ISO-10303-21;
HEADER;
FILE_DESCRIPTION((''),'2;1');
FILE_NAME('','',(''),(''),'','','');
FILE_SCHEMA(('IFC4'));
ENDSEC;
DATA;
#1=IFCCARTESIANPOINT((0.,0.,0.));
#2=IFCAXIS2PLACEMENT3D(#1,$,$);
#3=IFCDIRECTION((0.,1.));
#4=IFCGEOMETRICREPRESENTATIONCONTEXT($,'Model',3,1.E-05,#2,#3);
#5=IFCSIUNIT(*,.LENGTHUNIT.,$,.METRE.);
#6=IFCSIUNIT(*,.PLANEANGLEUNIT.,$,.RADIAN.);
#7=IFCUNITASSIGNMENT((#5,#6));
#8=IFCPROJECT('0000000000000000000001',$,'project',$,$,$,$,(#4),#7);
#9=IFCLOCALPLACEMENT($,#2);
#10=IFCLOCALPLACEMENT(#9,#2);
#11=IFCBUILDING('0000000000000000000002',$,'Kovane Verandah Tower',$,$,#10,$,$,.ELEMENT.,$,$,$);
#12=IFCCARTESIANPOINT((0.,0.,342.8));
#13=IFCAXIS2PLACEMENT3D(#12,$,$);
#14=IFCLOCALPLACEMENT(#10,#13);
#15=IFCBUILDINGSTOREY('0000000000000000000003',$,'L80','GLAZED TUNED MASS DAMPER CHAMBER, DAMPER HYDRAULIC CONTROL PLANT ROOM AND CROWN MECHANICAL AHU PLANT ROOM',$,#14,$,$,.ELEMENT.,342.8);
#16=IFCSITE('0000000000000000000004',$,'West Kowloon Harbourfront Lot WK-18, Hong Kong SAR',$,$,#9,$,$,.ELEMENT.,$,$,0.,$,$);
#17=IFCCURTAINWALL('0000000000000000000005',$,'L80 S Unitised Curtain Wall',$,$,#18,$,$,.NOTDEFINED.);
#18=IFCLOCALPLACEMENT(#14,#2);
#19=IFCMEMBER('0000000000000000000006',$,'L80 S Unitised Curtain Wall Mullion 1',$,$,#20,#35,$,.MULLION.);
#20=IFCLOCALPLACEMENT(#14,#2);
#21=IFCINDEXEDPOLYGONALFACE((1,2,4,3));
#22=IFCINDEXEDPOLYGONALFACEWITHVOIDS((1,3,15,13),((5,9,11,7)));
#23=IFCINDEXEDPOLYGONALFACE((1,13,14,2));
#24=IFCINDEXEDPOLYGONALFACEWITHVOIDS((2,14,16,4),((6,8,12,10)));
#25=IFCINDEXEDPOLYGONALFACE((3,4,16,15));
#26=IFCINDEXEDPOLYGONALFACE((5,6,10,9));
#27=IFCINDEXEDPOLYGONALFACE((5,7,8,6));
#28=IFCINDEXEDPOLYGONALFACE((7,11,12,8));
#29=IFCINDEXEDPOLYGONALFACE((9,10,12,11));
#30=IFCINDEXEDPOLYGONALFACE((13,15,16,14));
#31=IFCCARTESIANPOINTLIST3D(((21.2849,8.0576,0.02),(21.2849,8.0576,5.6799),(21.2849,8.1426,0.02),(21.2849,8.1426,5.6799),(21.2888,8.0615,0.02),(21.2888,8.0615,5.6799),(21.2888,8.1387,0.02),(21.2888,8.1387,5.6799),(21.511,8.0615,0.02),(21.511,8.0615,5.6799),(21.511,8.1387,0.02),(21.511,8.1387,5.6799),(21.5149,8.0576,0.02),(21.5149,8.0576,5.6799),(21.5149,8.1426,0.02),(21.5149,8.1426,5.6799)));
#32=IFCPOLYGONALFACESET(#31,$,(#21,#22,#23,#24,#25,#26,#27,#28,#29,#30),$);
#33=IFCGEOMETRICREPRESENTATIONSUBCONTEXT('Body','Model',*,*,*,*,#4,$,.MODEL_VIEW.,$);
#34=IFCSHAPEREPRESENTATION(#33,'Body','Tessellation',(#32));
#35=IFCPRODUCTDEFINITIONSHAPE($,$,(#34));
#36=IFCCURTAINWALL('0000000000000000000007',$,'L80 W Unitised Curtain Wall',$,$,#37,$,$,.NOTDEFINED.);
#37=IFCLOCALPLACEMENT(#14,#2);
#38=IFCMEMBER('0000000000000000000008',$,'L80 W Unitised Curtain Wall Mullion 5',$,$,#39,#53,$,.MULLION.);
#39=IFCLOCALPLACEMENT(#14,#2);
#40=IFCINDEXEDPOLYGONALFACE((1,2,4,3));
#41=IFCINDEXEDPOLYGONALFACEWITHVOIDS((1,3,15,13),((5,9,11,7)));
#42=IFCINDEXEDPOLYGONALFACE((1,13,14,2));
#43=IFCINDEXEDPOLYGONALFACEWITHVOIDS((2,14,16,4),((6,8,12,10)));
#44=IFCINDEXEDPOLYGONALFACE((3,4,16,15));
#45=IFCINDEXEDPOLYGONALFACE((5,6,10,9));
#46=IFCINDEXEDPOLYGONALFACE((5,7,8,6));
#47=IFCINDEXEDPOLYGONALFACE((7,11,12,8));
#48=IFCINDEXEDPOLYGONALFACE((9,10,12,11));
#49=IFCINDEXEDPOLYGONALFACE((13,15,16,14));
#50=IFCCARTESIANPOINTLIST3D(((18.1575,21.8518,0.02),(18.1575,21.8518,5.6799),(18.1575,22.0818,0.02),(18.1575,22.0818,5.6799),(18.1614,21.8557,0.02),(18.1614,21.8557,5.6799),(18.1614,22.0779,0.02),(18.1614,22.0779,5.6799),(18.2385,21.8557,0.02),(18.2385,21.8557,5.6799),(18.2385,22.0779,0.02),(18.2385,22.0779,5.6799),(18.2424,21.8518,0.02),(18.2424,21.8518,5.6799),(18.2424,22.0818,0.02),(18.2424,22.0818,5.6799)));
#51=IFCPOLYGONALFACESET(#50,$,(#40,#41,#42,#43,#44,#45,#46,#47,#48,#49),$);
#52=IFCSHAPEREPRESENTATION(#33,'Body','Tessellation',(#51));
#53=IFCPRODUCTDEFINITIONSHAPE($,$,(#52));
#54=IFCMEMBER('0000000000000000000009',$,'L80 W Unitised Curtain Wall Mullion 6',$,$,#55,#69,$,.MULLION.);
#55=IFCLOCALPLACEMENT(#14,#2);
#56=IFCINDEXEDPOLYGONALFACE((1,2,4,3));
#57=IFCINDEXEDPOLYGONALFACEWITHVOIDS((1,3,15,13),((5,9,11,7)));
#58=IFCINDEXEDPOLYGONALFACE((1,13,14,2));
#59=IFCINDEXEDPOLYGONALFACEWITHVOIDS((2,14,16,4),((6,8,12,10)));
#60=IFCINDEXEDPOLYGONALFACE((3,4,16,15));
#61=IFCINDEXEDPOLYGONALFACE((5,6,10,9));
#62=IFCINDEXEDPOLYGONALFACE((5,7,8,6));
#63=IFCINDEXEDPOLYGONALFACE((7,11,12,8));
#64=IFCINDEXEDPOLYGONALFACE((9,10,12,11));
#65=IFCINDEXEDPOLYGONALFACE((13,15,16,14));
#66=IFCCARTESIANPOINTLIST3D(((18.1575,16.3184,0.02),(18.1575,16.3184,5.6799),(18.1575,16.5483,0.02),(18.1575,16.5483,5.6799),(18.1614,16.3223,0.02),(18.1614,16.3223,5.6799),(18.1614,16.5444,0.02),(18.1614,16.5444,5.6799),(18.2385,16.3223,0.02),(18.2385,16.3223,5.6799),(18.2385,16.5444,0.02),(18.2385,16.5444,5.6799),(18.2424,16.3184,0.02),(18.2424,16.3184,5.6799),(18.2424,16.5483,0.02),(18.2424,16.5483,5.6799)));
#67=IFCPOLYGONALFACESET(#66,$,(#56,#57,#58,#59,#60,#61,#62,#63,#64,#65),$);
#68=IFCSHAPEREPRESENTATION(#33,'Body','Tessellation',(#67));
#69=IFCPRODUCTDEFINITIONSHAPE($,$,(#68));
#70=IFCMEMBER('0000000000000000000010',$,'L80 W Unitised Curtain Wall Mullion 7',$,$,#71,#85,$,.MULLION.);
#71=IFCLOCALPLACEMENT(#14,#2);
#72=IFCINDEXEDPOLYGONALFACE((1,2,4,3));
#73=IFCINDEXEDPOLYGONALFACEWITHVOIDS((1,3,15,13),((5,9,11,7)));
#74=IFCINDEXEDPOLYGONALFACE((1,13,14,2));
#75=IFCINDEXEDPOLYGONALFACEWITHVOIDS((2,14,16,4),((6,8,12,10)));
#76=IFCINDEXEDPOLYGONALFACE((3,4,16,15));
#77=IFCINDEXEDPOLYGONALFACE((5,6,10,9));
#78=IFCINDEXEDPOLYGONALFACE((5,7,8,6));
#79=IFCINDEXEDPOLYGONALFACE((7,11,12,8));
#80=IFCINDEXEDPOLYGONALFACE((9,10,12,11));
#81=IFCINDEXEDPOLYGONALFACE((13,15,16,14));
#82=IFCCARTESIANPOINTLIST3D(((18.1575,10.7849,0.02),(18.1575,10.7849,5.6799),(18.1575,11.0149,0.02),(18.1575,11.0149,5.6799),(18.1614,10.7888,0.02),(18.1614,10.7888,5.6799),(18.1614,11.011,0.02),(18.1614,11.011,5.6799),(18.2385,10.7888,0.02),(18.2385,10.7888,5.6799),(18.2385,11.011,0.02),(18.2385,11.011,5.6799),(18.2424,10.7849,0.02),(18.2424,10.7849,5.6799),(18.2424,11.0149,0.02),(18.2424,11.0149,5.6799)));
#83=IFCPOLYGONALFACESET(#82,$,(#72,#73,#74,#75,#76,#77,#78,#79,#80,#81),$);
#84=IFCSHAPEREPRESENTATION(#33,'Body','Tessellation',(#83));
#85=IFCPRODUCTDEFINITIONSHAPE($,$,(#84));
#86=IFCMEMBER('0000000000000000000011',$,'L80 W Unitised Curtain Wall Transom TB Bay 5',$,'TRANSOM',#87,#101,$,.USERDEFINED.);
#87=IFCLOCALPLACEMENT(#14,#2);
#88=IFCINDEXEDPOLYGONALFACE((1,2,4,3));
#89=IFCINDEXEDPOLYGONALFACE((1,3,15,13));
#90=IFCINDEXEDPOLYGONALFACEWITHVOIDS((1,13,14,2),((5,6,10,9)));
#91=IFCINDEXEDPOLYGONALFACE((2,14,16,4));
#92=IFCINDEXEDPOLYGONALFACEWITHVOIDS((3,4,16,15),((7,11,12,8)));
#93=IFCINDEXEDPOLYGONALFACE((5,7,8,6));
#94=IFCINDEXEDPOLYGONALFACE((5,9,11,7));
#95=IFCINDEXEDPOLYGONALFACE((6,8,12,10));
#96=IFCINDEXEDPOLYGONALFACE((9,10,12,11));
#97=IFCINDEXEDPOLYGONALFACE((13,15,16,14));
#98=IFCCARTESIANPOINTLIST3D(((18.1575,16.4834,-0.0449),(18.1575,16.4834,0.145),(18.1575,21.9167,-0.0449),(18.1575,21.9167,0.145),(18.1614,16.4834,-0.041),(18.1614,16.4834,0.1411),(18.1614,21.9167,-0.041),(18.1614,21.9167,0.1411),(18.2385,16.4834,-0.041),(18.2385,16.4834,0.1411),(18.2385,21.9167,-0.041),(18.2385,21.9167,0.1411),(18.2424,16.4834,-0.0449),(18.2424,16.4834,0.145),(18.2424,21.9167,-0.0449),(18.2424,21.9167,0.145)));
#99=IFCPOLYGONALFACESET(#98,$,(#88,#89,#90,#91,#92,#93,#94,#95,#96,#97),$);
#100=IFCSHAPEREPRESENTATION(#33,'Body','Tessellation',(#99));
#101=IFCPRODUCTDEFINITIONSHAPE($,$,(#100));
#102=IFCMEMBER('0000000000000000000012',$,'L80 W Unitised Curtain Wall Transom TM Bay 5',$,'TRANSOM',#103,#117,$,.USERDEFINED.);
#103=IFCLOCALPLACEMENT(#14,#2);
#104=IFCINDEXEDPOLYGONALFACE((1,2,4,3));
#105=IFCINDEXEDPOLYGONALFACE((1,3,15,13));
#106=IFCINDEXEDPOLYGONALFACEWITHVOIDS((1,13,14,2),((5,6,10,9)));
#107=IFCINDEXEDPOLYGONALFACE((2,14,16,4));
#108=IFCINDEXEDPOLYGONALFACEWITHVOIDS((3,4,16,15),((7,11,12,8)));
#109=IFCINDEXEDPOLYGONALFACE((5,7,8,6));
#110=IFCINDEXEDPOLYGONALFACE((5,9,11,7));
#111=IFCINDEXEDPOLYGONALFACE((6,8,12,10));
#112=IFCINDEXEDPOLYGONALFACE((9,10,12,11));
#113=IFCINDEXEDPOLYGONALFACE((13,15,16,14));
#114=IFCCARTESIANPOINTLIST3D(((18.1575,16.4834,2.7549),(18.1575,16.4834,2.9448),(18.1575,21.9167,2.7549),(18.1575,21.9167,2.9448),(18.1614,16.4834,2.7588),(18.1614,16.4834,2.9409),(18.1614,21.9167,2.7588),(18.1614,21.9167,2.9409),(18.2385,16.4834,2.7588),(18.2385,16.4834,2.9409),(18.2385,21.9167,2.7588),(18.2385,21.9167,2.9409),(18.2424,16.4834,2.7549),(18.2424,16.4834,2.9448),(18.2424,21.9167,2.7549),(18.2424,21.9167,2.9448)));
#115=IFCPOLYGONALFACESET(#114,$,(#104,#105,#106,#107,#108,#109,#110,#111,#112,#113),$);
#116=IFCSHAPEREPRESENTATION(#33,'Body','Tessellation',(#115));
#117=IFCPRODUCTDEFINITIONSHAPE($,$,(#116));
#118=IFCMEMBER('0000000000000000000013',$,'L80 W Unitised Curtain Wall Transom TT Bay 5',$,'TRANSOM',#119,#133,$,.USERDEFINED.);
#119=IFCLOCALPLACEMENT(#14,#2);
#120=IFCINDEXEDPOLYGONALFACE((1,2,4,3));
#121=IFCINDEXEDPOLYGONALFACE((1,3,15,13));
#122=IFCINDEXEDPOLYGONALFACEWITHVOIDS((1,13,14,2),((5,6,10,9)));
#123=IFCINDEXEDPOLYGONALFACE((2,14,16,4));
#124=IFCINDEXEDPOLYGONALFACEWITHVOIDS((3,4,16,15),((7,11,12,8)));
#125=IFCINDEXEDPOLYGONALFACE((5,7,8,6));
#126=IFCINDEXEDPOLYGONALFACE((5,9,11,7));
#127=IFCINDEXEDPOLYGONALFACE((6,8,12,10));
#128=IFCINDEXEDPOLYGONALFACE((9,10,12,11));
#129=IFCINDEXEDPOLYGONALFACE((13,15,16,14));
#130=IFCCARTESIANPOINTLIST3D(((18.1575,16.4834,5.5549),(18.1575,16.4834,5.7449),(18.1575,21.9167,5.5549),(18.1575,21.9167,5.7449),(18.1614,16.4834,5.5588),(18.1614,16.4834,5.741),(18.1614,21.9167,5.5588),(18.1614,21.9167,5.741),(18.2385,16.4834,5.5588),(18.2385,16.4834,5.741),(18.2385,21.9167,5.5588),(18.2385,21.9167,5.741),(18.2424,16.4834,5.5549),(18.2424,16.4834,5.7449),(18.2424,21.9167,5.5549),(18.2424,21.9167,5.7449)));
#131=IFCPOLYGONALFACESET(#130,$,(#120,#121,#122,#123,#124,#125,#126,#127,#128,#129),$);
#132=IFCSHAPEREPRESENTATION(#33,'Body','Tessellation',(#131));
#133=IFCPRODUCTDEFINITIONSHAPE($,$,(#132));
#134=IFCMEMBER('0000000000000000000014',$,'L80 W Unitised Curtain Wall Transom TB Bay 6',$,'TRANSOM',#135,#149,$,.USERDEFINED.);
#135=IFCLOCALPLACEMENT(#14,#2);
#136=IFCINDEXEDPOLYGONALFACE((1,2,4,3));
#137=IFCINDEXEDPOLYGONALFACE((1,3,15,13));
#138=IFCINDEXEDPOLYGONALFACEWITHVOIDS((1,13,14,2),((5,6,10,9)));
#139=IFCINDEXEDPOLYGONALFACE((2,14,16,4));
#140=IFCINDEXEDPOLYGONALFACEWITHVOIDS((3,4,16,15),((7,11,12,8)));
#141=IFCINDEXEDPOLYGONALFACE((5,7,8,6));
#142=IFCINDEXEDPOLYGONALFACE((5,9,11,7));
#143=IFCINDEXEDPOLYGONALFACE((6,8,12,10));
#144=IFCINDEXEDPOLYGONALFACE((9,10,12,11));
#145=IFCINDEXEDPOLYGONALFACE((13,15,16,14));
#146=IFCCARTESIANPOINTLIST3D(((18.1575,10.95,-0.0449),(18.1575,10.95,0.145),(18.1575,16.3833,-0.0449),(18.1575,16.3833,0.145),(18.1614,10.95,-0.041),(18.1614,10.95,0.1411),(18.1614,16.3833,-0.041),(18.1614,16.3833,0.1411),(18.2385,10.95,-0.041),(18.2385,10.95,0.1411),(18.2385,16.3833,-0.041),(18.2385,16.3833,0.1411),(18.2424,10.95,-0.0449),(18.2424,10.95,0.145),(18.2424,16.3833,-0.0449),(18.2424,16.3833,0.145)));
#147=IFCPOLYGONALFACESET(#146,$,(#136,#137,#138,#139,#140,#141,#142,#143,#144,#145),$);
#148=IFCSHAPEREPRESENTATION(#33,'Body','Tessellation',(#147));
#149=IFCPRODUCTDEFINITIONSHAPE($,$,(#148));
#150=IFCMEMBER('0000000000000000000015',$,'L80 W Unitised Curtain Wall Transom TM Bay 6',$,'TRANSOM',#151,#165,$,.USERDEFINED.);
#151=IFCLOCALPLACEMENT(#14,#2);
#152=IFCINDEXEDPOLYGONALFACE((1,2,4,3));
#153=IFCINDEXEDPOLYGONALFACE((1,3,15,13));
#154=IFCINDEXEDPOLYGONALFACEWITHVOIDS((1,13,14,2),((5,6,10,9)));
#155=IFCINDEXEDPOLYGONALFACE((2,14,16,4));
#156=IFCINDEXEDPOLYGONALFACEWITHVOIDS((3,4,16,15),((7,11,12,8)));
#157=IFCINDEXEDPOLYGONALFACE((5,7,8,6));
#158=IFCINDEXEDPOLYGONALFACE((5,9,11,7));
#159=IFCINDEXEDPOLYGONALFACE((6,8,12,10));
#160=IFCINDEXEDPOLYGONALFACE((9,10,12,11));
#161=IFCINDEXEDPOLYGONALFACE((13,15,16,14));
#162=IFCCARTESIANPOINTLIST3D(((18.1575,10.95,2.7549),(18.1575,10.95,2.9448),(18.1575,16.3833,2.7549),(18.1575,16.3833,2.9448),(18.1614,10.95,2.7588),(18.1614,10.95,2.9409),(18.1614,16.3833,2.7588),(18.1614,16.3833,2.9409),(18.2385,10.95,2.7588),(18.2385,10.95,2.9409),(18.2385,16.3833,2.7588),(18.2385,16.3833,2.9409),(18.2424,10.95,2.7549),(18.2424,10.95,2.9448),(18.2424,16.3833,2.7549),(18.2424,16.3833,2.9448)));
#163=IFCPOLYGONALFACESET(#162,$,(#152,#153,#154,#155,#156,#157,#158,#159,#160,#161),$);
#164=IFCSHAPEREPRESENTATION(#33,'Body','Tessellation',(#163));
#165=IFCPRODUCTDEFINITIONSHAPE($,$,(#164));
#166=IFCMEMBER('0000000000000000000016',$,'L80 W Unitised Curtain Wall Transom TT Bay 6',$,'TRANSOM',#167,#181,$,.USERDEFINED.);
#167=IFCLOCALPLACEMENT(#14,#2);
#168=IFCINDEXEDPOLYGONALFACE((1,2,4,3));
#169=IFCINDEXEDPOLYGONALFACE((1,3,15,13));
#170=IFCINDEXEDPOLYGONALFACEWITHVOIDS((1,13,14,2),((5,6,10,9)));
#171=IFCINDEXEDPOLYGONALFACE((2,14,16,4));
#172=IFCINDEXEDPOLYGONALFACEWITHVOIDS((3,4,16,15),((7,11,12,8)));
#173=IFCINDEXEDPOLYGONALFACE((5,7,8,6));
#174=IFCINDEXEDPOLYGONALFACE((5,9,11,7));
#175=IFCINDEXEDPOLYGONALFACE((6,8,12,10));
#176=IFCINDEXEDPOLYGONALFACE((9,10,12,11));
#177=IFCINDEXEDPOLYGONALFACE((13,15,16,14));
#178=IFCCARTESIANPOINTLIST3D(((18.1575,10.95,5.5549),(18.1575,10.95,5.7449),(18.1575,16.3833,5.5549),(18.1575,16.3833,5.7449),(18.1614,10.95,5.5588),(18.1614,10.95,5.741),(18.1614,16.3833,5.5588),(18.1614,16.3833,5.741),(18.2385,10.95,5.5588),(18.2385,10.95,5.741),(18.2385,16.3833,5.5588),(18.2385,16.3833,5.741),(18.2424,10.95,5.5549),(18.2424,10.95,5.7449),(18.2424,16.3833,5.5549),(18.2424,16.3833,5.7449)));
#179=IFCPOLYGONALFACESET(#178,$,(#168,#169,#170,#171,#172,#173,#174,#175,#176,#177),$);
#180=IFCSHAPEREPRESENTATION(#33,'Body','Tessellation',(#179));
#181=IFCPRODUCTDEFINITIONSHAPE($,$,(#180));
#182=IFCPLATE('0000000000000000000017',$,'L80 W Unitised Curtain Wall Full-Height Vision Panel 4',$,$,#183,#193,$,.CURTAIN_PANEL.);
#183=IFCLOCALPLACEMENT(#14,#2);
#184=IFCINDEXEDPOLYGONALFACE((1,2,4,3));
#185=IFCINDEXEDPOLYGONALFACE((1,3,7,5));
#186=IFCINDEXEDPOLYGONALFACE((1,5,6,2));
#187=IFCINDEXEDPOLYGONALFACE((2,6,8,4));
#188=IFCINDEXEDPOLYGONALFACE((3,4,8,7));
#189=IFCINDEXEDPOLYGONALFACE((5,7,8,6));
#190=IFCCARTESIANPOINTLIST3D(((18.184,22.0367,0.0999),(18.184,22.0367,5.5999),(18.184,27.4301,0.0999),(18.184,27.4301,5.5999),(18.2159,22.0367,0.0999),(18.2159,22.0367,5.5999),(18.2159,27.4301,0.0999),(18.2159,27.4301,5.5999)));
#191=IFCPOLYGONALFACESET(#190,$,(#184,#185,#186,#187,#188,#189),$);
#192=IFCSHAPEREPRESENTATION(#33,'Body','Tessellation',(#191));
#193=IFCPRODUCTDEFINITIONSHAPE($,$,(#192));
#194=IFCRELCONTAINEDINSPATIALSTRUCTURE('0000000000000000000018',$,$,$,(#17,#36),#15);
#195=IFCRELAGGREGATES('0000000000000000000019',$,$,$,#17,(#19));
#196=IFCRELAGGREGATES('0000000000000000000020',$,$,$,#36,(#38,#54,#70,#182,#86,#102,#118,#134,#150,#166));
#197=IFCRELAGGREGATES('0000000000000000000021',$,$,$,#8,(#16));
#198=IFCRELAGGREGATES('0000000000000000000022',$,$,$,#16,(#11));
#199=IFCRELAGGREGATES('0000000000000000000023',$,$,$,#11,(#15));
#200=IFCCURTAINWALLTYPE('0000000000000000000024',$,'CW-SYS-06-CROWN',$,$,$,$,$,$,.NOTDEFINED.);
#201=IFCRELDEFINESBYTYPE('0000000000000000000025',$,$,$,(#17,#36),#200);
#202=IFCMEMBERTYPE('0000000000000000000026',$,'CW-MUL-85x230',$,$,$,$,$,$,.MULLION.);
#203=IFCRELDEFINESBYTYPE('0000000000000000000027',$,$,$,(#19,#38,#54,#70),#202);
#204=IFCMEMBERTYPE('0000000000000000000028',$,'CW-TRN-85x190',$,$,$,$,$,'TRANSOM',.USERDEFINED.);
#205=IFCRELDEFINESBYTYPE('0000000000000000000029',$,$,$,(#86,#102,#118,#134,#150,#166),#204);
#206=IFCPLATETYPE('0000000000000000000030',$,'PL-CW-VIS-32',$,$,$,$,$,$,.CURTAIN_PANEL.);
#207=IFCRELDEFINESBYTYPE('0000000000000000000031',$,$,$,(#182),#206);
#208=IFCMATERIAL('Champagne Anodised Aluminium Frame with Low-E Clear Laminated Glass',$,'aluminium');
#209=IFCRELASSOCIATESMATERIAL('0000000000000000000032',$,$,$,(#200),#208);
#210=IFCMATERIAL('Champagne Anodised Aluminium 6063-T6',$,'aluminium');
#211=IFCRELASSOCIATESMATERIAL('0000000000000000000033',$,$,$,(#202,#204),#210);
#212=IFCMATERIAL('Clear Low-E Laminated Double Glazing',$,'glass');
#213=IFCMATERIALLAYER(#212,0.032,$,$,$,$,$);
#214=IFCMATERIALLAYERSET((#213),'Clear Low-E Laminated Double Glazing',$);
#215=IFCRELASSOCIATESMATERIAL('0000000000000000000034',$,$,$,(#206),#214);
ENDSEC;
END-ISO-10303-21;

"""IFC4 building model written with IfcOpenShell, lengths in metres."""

from ifc_helpers import new_model, si_unit, direction, frame, origin, origin_2d, place, context, subcontext, project, spatial, rectangle, hollow_rectangle, extrude, material, layer, layer_set, material_profile, profile_set, type_object, element, aggregate, save


model = new_model("IFC4")

# Units and contexts
model_context = context("Model", 3, precision=1e-05, world=origin(), true_north=direction((0.0, 1.0)))
body_context = subcontext(model_context, "Body", "Model", "MODEL_VIEW")
ifc_project = project(units=[si_unit("LENGTHUNIT", "METRE"), si_unit("PLANEANGLEUNIT", "RADIAN")], contexts=[model_context])

# Site, building, storey
site_placement = place(None, origin())
site = spatial("IfcSite", under=ifc_project, at=site_placement, Name="West Kowloon Harbourfront Lot WK-18, Hong Kong SAR", CompositionType="ELEMENT", RefElevation=0.0)
building_placement = place(site_placement, origin())
building = spatial("IfcBuilding", under=site, at=building_placement, Name="Kovane Verandah Tower", CompositionType="ELEMENT")
storey_placement = place(building_placement, frame((0.0, 0.0, 342.8)))
storey = spatial("IfcBuildingStorey", under=building, at=storey_placement, Name="L80", Description="GLAZED TUNED MASS DAMPER CHAMBER, DAMPER HYDRAULIC CONTROL PLANT ROOM AND CROWN MECHANICAL AHU PLANT ROOM", CompositionType="ELEMENT", Elevation=342.8)

# Curtain wall, member
ifc_material_1 = material(Name="Champagne Anodised Aluminium Frame with Low-E Clear Laminated Glass", Category="aluminium")
curtain_wall_type = type_object("IfcCurtainWallType", Name="CW-SYS-06-CROWN", PredefinedType="NOTDEFINED", material=ifc_material_1)
curtain_wall_1_placement = place(storey_placement, origin())
curtain_wall_1 = element("IfcCurtainWall", 1, at=curtain_wall_1_placement, inside=storey, type_object=curtain_wall_type, Name="L80 S Unitised Curtain Wall", PredefinedType="NOTDEFINED")
ifc_material_2 = material(Name="Champagne Anodised Aluminium 6063-T6", Category="aluminium")
ifc_material_profile_1 = material_profile(ifc_material_2, hollow_rectangle(XDim=0.085, YDim=0.23, WallThickness=0.0039, at=origin_2d()), Name="AL85x230x4")
ifc_profile_set_1 = profile_set([ifc_material_profile_1], Name="Champagne Anodised Aluminium 6063-T6")
member_type_1 = type_object("IfcMemberType", Name="CW-MUL-85x230", PredefinedType="MULLION", material=ifc_profile_set_1)
member_1_placement = place(storey_placement, frame((21.3999, 8.1001, 0.02), z_axis=(0.0, 0.0, 1.0), x_axis=(0.0, -1.0, 0.0)))
member_1 = element("IfcMember", 2, at=member_1_placement, type_object=member_type_1, Name="L80 S Unitised Curtain Wall Mullion 1", PredefinedType="MULLION", context=body_context, shape_type="SweptSolid", body=[
    extrude(hollow_rectangle(XDim=0.085, YDim=0.23, WallThickness=0.0039, at=origin_2d()), origin(), (0.0, 0.0, 1.0), 5.6599),
])
aggregate(curtain_wall_1, [member_1])

# Curtain wall, members, plate
curtain_wall_2_placement = place(storey_placement, origin())
curtain_wall_2 = element("IfcCurtainWall", 3, at=curtain_wall_2_placement, inside=storey, type_object=curtain_wall_type, Name="L80 W Unitised Curtain Wall", PredefinedType="NOTDEFINED")
member_2_placement = place(storey_placement, frame((18.2, 21.9668, 0.02), z_axis=(0.0, 0.0, 1.0), x_axis=(-1.0, 0.0, 0.0)))
member_2 = element("IfcMember", 4, at=member_2_placement, type_object=member_type_1, Name="L80 W Unitised Curtain Wall Mullion 5", PredefinedType="MULLION", context=body_context, shape_type="SweptSolid", body=[
    extrude(hollow_rectangle(XDim=0.085, YDim=0.23, WallThickness=0.0039, at=origin_2d()), origin(), (0.0, 0.0, 1.0), 5.6599),
])
member_3_placement = place(storey_placement, frame((18.2, 16.4333, 0.02), z_axis=(0.0, 0.0, 1.0), x_axis=(-1.0, 0.0, 0.0)))
member_3 = element("IfcMember", 5, at=member_3_placement, type_object=member_type_1, Name="L80 W Unitised Curtain Wall Mullion 6", PredefinedType="MULLION", context=body_context, shape_type="SweptSolid", body=[
    extrude(hollow_rectangle(XDim=0.085, YDim=0.23, WallThickness=0.0039, at=origin_2d()), origin(), (0.0, 0.0, 1.0), 5.6599),
])
member_4_placement = place(storey_placement, frame((18.2, 10.8999, 0.02), z_axis=(0.0, 0.0, 1.0), x_axis=(-1.0, 0.0, 0.0)))
member_4 = element("IfcMember", 6, at=member_4_placement, type_object=member_type_1, Name="L80 W Unitised Curtain Wall Mullion 7", PredefinedType="MULLION", context=body_context, shape_type="SweptSolid", body=[
    extrude(hollow_rectangle(XDim=0.085, YDim=0.23, WallThickness=0.0039, at=origin_2d()), origin(), (0.0, 0.0, 1.0), 5.6599),
])
ifc_material_profile_2 = material_profile(ifc_material_2, hollow_rectangle(XDim=0.085, YDim=0.1899, WallThickness=0.0039, at=origin_2d()), Name="AL85x190x4")
ifc_profile_set_2 = profile_set([ifc_material_profile_2], Name="Champagne Anodised Aluminium 6063-T6")
member_type_2 = type_object("IfcMemberType", Name="CW-TRN-85x190", ElementType="TRANSOM", PredefinedType="USERDEFINED", material=ifc_profile_set_2)
member_5_placement = place(storey_placement, frame((18.2, 21.9167, 0.05), z_axis=(0.0, -1.0, 0.0), x_axis=(1.0, 0.0, 0.0)))
member_5 = element("IfcMember", 7, at=member_5_placement, type_object=member_type_2, Name="L80 W Unitised Curtain Wall Transom TB Bay 5", ObjectType="TRANSOM", PredefinedType="USERDEFINED", context=body_context, shape_type="SweptSolid", body=[
    extrude(hollow_rectangle(XDim=0.085, YDim=0.1899, WallThickness=0.0039, at=origin_2d()), origin(), (0.0, 0.0, 1.0), 5.4333),
])
member_6_placement = place(storey_placement, frame((18.2, 21.9167, 2.8499), z_axis=(0.0, -1.0, 0.0), x_axis=(1.0, 0.0, 0.0)))
member_6 = element("IfcMember", 8, at=member_6_placement, type_object=member_type_2, Name="L80 W Unitised Curtain Wall Transom TM Bay 5", ObjectType="TRANSOM", PredefinedType="USERDEFINED", context=body_context, shape_type="SweptSolid", body=[
    extrude(hollow_rectangle(XDim=0.085, YDim=0.1899, WallThickness=0.0039, at=origin_2d()), origin(), (0.0, 0.0, 1.0), 5.4333),
])
member_7_placement = place(storey_placement, frame((18.2, 21.9167, 5.6499), z_axis=(0.0, -1.0, 0.0), x_axis=(1.0, 0.0, 0.0)))
member_7 = element("IfcMember", 9, at=member_7_placement, type_object=member_type_2, Name="L80 W Unitised Curtain Wall Transom TT Bay 5", ObjectType="TRANSOM", PredefinedType="USERDEFINED", context=body_context, shape_type="SweptSolid", body=[
    extrude(hollow_rectangle(XDim=0.085, YDim=0.1899, WallThickness=0.0039, at=origin_2d()), origin(), (0.0, 0.0, 1.0), 5.4333),
])
member_8_placement = place(storey_placement, frame((18.2, 16.3833, 0.05), z_axis=(0.0, -1.0, 0.0), x_axis=(1.0, 0.0, 0.0)))
member_8 = element("IfcMember", 10, at=member_8_placement, type_object=member_type_2, Name="L80 W Unitised Curtain Wall Transom TB Bay 6", ObjectType="TRANSOM", PredefinedType="USERDEFINED", context=body_context, shape_type="SweptSolid", body=[
    extrude(hollow_rectangle(XDim=0.085, YDim=0.1899, WallThickness=0.0039, at=origin_2d()), origin(), (0.0, 0.0, 1.0), 5.4333),
])
member_9_placement = place(storey_placement, frame((18.2, 16.3833, 2.8499), z_axis=(0.0, -1.0, 0.0), x_axis=(1.0, 0.0, 0.0)))
member_9 = element("IfcMember", 11, at=member_9_placement, type_object=member_type_2, Name="L80 W Unitised Curtain Wall Transom TM Bay 6", ObjectType="TRANSOM", PredefinedType="USERDEFINED", context=body_context, shape_type="SweptSolid", body=[
    extrude(hollow_rectangle(XDim=0.085, YDim=0.1899, WallThickness=0.0039, at=origin_2d()), origin(), (0.0, 0.0, 1.0), 5.4333),
])
member_10_placement = place(storey_placement, frame((18.2, 16.3833, 5.6499), z_axis=(0.0, -1.0, 0.0), x_axis=(1.0, 0.0, 0.0)))
member_10 = element("IfcMember", 12, at=member_10_placement, type_object=member_type_2, Name="L80 W Unitised Curtain Wall Transom TT Bay 6", ObjectType="TRANSOM", PredefinedType="USERDEFINED", context=body_context, shape_type="SweptSolid", body=[
    extrude(hollow_rectangle(XDim=0.085, YDim=0.1899, WallThickness=0.0039, at=origin_2d()), origin(), (0.0, 0.0, 1.0), 5.4333),
])
ifc_material_3 = material(Name="Clear Low-E Laminated Double Glazing", Category="glass")
ifc_layer_1 = layer(ifc_material_3, 0.032)
ifc_layer_set_1 = layer_set([ifc_layer_1], Name="Clear Low-E Laminated Double Glazing")
plate_type = type_object("IfcPlateType", Name="PL-CW-VIS-32", PredefinedType="CURTAIN_PANEL", material=ifc_layer_set_1)
plate_1_placement = place(storey_placement, frame((18.2, 24.7334, 0.0999), z_axis=(0.0, 0.0, 1.0), x_axis=(0.0, -1.0, 0.0)))
plate_1 = element("IfcPlate", 13, at=plate_1_placement, type_object=plate_type, Name="L80 W Unitised Curtain Wall Full-Height Vision Panel 4", PredefinedType="CURTAIN_PANEL", context=body_context, shape_type="SweptSolid", body=[
    extrude(rectangle(XDim=5.3933, YDim=0.032, at=origin_2d()), origin(), (0.0, 0.0, 1.0), 5.5),
])
aggregate(curtain_wall_2, [member_2, member_3, member_4, plate_1, member_5, member_6, member_7, member_8, member_9, member_10])

save(model, "model.ifc")
